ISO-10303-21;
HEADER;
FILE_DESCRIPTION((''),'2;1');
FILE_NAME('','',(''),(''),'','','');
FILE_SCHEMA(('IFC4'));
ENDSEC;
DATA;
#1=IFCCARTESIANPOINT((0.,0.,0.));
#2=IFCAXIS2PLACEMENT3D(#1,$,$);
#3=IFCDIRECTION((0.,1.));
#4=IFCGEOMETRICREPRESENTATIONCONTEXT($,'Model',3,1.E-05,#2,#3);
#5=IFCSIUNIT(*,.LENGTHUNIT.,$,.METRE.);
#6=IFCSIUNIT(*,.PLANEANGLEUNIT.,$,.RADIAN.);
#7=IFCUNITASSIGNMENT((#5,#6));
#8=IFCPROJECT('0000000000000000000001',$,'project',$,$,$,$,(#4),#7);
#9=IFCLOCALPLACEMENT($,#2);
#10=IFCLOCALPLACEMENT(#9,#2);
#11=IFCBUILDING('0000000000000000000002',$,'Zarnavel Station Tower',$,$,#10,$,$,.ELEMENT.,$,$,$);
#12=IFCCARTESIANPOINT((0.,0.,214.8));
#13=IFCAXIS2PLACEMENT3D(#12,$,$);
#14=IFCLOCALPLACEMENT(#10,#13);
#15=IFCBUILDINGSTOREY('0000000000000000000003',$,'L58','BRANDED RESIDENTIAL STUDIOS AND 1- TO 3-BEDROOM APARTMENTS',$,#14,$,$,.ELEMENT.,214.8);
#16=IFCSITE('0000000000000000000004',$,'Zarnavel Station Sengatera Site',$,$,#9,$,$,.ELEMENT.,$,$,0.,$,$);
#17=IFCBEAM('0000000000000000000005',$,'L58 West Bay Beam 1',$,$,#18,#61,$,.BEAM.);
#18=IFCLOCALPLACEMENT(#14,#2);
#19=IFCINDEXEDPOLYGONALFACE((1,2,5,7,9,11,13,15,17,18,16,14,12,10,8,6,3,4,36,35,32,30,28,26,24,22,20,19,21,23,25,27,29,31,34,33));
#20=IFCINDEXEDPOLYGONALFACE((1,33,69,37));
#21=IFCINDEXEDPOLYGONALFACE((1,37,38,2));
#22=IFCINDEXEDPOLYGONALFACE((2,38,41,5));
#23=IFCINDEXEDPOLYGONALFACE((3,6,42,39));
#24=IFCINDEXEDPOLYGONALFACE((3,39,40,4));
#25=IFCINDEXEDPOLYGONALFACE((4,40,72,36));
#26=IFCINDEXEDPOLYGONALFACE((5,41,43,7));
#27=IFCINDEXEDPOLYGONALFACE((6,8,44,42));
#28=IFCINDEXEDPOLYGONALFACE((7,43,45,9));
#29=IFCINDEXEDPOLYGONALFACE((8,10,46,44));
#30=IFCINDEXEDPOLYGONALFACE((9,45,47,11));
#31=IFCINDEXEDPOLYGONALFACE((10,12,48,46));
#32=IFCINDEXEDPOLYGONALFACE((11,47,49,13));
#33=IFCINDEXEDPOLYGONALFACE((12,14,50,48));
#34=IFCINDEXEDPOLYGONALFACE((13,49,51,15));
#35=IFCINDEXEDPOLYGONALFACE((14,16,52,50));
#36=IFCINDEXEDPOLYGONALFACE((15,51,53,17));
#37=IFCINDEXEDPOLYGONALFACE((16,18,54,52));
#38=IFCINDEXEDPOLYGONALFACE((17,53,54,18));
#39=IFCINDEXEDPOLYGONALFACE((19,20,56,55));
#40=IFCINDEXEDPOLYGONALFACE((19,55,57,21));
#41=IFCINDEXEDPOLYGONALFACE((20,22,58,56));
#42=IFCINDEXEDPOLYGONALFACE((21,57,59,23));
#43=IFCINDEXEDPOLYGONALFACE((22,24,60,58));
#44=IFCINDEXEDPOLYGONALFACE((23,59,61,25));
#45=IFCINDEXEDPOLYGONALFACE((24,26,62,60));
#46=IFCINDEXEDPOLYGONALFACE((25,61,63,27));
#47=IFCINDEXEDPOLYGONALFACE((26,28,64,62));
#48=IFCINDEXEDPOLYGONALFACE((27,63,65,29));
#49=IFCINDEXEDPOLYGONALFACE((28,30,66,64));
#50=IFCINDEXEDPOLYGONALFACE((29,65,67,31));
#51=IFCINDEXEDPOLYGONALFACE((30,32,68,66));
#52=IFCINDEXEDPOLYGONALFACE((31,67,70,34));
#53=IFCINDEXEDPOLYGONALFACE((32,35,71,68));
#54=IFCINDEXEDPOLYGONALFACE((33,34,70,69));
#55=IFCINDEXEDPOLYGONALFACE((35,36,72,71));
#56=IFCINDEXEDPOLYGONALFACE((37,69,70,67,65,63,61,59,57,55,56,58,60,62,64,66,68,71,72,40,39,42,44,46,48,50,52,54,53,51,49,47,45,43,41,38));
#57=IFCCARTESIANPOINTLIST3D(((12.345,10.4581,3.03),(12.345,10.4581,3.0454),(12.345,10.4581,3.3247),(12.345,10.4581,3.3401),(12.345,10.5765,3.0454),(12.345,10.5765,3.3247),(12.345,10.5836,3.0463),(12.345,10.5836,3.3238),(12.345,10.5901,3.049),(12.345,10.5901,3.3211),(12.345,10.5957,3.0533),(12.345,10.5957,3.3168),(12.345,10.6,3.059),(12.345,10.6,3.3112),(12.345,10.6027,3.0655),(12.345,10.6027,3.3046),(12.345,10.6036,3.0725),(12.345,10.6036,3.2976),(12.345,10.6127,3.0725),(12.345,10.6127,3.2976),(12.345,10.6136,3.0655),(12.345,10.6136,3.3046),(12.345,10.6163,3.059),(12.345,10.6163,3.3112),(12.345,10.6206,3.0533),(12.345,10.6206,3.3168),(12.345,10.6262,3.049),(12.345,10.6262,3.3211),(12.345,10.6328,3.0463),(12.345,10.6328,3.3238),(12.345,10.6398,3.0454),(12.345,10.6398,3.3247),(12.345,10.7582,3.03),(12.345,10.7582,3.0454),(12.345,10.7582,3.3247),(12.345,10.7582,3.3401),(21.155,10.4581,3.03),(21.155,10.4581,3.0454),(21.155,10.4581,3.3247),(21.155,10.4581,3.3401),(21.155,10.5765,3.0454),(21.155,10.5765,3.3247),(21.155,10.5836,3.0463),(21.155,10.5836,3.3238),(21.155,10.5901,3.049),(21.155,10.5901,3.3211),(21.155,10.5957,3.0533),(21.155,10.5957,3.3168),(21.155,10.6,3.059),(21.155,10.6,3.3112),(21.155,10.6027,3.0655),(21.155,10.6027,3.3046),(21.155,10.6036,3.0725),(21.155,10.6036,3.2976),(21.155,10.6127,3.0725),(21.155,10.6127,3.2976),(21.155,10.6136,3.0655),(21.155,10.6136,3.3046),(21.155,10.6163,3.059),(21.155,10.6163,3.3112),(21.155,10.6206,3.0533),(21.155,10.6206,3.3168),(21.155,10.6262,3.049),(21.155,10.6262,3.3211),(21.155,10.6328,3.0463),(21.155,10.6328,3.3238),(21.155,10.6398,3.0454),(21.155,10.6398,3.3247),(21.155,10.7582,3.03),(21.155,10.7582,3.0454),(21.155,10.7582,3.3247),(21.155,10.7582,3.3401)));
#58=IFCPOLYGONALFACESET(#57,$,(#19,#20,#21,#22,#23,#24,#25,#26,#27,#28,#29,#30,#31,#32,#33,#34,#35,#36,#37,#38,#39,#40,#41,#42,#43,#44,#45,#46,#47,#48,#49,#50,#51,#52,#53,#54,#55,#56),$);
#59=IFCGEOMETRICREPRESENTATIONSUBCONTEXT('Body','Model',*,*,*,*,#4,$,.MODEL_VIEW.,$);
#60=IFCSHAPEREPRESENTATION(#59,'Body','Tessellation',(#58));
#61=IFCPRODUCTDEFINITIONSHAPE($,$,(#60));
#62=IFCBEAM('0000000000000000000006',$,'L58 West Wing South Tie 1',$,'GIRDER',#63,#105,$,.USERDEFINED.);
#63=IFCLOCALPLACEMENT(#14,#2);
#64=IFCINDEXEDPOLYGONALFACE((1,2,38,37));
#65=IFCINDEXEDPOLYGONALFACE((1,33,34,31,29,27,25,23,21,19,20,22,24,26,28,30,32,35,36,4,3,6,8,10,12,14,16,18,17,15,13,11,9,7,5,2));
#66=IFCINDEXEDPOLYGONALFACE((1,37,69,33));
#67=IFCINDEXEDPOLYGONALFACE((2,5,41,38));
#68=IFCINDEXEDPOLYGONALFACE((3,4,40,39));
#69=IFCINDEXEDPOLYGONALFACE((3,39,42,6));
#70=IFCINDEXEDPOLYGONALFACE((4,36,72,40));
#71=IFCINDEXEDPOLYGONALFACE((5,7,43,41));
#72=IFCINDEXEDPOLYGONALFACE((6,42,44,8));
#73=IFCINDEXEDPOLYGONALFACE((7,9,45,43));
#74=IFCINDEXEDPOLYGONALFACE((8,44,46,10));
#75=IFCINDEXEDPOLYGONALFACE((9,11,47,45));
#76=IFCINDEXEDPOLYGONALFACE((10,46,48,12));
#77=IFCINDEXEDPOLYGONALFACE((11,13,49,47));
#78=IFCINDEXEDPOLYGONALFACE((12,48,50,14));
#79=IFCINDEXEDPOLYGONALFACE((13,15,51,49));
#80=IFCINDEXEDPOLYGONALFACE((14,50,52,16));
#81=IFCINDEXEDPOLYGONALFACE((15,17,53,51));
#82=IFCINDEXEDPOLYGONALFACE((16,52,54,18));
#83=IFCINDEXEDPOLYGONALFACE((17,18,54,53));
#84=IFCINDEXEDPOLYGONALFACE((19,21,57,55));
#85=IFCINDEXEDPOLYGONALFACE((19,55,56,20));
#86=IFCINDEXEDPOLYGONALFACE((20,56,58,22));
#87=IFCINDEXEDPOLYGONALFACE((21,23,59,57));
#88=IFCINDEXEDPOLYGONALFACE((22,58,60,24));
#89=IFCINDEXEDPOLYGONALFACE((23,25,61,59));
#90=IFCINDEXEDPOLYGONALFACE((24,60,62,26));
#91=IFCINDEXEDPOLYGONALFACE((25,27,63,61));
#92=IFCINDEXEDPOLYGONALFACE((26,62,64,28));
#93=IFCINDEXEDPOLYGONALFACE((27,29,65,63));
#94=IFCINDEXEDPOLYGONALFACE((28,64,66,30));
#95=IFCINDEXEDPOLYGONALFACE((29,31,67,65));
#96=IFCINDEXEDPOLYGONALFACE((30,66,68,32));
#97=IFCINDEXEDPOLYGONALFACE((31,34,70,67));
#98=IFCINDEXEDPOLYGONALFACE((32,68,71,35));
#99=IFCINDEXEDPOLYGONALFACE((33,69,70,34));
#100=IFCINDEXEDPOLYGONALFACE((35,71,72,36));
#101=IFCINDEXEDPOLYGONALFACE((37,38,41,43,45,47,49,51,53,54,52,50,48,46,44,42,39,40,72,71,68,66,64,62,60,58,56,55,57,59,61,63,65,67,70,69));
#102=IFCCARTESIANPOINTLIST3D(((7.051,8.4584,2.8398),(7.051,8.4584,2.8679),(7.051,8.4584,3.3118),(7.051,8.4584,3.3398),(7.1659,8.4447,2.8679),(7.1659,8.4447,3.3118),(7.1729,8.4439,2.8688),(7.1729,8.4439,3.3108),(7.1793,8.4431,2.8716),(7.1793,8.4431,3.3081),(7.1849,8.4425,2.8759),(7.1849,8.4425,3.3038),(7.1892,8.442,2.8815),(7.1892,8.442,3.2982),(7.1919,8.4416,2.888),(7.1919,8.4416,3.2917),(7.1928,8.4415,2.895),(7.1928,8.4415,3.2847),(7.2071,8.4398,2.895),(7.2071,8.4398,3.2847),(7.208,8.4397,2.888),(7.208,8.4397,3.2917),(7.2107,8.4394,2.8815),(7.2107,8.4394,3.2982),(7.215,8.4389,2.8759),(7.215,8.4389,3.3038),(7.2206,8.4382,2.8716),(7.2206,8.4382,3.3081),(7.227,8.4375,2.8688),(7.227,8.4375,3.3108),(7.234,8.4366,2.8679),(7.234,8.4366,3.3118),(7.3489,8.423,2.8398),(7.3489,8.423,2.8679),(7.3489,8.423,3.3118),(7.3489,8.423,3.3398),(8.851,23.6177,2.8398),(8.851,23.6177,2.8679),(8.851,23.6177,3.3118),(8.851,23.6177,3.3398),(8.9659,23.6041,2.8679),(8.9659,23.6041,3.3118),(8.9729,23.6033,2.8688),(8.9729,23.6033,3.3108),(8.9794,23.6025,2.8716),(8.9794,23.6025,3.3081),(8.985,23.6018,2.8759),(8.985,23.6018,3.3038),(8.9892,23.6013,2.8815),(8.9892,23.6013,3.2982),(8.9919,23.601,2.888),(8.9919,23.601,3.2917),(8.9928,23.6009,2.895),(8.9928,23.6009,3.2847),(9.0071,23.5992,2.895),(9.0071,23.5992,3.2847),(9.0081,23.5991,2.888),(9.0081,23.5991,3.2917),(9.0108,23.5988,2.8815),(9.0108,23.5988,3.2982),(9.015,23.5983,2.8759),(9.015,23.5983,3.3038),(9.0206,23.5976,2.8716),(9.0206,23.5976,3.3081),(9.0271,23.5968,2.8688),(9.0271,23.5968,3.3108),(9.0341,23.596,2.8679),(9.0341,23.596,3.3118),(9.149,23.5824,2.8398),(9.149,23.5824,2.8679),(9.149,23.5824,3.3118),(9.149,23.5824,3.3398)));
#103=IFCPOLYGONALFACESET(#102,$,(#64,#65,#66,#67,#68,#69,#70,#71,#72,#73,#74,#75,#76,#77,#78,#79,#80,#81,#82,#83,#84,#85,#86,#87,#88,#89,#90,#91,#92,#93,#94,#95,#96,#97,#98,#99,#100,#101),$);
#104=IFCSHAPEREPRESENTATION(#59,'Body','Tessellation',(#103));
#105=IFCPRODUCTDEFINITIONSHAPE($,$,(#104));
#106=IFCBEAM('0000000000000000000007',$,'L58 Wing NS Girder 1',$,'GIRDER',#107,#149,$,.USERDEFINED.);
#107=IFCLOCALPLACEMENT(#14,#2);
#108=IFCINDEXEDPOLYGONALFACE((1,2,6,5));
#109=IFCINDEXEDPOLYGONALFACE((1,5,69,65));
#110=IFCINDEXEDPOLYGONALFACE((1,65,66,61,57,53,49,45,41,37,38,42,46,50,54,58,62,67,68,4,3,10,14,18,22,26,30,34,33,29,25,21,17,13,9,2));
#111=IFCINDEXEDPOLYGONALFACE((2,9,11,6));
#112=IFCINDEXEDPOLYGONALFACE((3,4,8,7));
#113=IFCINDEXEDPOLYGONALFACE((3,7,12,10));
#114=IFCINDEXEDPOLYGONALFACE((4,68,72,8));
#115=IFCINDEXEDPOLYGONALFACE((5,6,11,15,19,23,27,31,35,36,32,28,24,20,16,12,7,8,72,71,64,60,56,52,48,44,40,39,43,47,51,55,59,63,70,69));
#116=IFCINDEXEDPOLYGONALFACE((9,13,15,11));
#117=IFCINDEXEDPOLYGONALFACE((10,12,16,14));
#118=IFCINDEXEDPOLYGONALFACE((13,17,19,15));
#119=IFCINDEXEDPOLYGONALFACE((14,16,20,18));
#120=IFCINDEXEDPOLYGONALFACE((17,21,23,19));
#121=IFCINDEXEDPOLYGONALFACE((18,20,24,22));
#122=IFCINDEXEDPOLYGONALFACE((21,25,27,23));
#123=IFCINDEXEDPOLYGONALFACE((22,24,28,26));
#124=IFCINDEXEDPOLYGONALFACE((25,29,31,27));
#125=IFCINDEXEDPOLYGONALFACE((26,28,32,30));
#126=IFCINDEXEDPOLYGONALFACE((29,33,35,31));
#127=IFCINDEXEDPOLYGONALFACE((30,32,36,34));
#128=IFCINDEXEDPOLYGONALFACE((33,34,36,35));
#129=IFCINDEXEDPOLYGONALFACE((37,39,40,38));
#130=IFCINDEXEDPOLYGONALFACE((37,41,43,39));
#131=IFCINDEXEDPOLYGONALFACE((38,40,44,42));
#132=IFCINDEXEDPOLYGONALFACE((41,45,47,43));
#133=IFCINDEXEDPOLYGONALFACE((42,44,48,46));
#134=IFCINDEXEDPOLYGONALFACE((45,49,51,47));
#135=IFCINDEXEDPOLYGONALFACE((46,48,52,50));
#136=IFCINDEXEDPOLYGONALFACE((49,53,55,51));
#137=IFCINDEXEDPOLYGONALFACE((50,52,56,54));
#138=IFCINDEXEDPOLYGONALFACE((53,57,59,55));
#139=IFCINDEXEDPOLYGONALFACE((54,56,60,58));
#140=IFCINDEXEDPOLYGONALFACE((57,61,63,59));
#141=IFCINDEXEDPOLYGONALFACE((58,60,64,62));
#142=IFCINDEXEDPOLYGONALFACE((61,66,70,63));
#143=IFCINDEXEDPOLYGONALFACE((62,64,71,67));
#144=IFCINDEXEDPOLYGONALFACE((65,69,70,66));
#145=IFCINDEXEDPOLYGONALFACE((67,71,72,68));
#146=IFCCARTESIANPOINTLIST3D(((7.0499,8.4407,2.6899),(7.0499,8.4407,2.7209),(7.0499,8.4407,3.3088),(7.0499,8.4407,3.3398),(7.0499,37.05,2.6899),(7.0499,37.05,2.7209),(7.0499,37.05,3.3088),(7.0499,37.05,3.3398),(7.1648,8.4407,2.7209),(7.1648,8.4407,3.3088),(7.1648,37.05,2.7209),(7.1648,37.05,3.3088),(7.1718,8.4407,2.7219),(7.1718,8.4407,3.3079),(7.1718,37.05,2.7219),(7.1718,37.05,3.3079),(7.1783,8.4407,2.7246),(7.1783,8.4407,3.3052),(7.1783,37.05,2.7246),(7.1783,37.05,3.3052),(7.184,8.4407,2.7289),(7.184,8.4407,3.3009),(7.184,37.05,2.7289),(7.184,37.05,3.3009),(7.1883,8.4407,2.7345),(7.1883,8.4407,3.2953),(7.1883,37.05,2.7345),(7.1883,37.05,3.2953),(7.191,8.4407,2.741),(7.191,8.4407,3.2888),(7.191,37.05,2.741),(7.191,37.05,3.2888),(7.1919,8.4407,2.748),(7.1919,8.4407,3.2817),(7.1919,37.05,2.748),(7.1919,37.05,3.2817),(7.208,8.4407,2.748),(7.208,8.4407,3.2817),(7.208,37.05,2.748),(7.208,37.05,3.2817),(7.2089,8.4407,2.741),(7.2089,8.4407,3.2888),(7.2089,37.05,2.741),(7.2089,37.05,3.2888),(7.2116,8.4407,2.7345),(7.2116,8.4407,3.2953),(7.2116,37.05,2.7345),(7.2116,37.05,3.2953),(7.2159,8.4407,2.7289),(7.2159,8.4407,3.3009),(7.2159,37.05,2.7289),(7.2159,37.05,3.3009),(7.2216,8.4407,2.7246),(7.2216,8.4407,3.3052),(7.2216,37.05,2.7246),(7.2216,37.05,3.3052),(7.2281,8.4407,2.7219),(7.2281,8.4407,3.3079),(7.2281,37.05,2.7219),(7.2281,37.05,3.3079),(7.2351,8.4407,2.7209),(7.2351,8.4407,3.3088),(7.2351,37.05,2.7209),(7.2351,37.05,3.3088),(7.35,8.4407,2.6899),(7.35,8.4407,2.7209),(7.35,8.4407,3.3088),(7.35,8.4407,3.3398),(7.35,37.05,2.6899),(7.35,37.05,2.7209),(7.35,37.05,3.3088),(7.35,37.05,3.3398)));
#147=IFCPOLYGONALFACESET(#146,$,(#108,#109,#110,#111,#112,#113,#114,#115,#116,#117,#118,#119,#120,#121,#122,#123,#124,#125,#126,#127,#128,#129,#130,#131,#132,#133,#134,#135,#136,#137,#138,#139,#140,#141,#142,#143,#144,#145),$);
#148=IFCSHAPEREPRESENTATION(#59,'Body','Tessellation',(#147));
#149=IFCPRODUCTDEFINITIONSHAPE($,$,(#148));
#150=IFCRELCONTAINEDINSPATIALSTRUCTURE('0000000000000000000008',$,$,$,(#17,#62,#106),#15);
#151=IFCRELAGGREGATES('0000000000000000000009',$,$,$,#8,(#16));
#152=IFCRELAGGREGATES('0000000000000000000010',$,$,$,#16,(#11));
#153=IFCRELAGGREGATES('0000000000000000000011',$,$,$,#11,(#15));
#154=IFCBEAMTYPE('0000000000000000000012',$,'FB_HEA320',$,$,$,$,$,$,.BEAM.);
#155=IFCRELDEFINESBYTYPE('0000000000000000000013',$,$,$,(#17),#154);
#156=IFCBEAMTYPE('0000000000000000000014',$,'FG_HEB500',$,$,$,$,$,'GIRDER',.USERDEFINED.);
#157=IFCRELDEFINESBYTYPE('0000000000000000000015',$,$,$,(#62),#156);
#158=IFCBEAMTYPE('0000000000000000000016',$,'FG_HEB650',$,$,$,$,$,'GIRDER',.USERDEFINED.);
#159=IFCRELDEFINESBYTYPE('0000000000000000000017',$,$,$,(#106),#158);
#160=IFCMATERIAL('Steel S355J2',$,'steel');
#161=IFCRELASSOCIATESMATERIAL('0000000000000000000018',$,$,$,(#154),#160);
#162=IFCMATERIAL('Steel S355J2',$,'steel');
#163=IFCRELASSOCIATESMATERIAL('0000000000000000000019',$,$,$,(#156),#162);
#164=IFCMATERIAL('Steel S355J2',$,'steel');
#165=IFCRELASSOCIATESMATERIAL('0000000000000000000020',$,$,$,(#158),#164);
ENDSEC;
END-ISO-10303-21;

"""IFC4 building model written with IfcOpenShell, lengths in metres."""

from ifc_helpers import new_model, si_unit, direction, frame, origin, origin_2d, place, context, subcontext, project, spatial, i_section, extrude, material, material_profile, profile_set, type_object, element, save


model = new_model("IFC4")

# Units and contexts
model_context = context("Model", 3, precision=1e-05, world=origin(), true_north=direction((0.0, 1.0)))
body_context = subcontext(model_context, "Body", "Model", "MODEL_VIEW")
ifc_project = project(units=[si_unit("LENGTHUNIT", "METRE"), si_unit("PLANEANGLEUNIT", "RADIAN")], contexts=[model_context])

# Site, building, storey
site_placement = place(None, origin())
site = spatial("IfcSite", under=ifc_project, at=site_placement, Name="Zarnavel Station Sengatera Site", CompositionType="ELEMENT", RefElevation=0.0)
building_placement = place(site_placement, origin())
building = spatial("IfcBuilding", under=site, at=building_placement, Name="Zarnavel Station Tower", CompositionType="ELEMENT")
storey_placement = place(building_placement, frame((0.0, 0.0, 214.8)))
storey = spatial("IfcBuildingStorey", under=building, at=storey_placement, Name="L58", Description="BRANDED RESIDENTIAL STUDIOS AND 1- TO 3-BEDROOM APARTMENTS", CompositionType="ELEMENT", Elevation=214.8)

# Beams
ifc_material_1 = material(Name="Steel S355J2", Category="steel")
ifc_material_profile_1 = material_profile(ifc_material_1, i_section(OverallWidth=0.3, OverallDepth=0.3101, WebThickness=0.009, FlangeThickness=0.0154, FilletRadius=0.0271, at=origin_2d()), Name="HEA320")
ifc_profile_set_1 = profile_set([ifc_material_profile_1], Name="Steel S355J2")
beam_type_1 = type_object("IfcBeamType", Name="FB_HEA320", PredefinedType="BEAM", material=ifc_profile_set_1)
beam_1_placement = place(storey_placement, frame((12.345, 10.6082, 3.1851), z_axis=(1.0, 0.0, 0.0), x_axis=(0.0, 1.0, 0.0)))
element("IfcBeam", 1, at=beam_1_placement, inside=storey, type_object=beam_type_1, Name="L58 West Bay Beam 1", PredefinedType="BEAM", context=body_context, shape_type="SweptSolid", body=[
    extrude(i_section(OverallWidth=0.3, OverallDepth=0.3101, WebThickness=0.009, FlangeThickness=0.0154, FilletRadius=0.0271, at=origin_2d()), origin(), (0.0, 0.0, 1.0), 8.8101),
])
ifc_material_2 = material(Name="Steel S355J2", Category="steel")
ifc_material_profile_2 = material_profile(ifc_material_2, i_section(OverallWidth=0.3, OverallDepth=0.5, WebThickness=0.0144, FlangeThickness=0.0281, FilletRadius=0.0271, at=origin_2d()), Name="HEB500")
ifc_profile_set_2 = profile_set([ifc_material_profile_2], Name="Steel S355J2")
beam_type_2 = type_object("IfcBeamType", Name="FG_HEB500", ElementType="GIRDER", PredefinedType="USERDEFINED", material=ifc_profile_set_2)
beam_2_placement = place(storey_placement, frame((7.2, 8.4407, 3.0898), z_axis=(0.117913, 0.993024, 0.0), x_axis=(-0.993024, 0.117913, 0.0)))
element("IfcBeam", 2, at=beam_2_placement, inside=storey, type_object=beam_type_2, Name="L58 West Wing South Tie 1", ObjectType="GIRDER", PredefinedType="USERDEFINED", context=body_context, shape_type="SweptSolid", body=[
    extrude(i_section(OverallWidth=0.3, OverallDepth=0.5, WebThickness=0.0144, FlangeThickness=0.0281, FilletRadius=0.0271, at=origin_2d()), origin(), (0.0, 0.0, 1.0), 15.2659),
])
ifc_material_3 = material(Name="Steel S355J2", Category="steel")
ifc_material_profile_3 = material_profile(ifc_material_3, i_section(OverallWidth=0.3, OverallDepth=0.6499, WebThickness=0.0161, FlangeThickness=0.031, FilletRadius=0.0271, at=origin_2d()), Name="HEB650")
ifc_profile_set_3 = profile_set([ifc_material_profile_3], Name="Steel S355J2")
beam_type_3 = type_object("IfcBeamType", Name="FG_HEB650", ElementType="GIRDER", PredefinedType="USERDEFINED", material=ifc_profile_set_3)
beam_3_placement = place(storey_placement, frame((7.2, 8.4407, 3.0149), z_axis=(0.0, 1.0, 0.0), x_axis=(-1.0, 0.0, 0.0)))
element("IfcBeam", 3, at=beam_3_placement, inside=storey, type_object=beam_type_3, Name="L58 Wing NS Girder 1", ObjectType="GIRDER", PredefinedType="USERDEFINED", context=body_context, shape_type="SweptSolid", body=[
    extrude(i_section(OverallWidth=0.3, OverallDepth=0.6499, WebThickness=0.0161, FlangeThickness=0.031, FilletRadius=0.0271, at=origin_2d()), origin(), (0.0, 0.0, 1.0), 28.6094),
])

save(model, "model.ifc")
